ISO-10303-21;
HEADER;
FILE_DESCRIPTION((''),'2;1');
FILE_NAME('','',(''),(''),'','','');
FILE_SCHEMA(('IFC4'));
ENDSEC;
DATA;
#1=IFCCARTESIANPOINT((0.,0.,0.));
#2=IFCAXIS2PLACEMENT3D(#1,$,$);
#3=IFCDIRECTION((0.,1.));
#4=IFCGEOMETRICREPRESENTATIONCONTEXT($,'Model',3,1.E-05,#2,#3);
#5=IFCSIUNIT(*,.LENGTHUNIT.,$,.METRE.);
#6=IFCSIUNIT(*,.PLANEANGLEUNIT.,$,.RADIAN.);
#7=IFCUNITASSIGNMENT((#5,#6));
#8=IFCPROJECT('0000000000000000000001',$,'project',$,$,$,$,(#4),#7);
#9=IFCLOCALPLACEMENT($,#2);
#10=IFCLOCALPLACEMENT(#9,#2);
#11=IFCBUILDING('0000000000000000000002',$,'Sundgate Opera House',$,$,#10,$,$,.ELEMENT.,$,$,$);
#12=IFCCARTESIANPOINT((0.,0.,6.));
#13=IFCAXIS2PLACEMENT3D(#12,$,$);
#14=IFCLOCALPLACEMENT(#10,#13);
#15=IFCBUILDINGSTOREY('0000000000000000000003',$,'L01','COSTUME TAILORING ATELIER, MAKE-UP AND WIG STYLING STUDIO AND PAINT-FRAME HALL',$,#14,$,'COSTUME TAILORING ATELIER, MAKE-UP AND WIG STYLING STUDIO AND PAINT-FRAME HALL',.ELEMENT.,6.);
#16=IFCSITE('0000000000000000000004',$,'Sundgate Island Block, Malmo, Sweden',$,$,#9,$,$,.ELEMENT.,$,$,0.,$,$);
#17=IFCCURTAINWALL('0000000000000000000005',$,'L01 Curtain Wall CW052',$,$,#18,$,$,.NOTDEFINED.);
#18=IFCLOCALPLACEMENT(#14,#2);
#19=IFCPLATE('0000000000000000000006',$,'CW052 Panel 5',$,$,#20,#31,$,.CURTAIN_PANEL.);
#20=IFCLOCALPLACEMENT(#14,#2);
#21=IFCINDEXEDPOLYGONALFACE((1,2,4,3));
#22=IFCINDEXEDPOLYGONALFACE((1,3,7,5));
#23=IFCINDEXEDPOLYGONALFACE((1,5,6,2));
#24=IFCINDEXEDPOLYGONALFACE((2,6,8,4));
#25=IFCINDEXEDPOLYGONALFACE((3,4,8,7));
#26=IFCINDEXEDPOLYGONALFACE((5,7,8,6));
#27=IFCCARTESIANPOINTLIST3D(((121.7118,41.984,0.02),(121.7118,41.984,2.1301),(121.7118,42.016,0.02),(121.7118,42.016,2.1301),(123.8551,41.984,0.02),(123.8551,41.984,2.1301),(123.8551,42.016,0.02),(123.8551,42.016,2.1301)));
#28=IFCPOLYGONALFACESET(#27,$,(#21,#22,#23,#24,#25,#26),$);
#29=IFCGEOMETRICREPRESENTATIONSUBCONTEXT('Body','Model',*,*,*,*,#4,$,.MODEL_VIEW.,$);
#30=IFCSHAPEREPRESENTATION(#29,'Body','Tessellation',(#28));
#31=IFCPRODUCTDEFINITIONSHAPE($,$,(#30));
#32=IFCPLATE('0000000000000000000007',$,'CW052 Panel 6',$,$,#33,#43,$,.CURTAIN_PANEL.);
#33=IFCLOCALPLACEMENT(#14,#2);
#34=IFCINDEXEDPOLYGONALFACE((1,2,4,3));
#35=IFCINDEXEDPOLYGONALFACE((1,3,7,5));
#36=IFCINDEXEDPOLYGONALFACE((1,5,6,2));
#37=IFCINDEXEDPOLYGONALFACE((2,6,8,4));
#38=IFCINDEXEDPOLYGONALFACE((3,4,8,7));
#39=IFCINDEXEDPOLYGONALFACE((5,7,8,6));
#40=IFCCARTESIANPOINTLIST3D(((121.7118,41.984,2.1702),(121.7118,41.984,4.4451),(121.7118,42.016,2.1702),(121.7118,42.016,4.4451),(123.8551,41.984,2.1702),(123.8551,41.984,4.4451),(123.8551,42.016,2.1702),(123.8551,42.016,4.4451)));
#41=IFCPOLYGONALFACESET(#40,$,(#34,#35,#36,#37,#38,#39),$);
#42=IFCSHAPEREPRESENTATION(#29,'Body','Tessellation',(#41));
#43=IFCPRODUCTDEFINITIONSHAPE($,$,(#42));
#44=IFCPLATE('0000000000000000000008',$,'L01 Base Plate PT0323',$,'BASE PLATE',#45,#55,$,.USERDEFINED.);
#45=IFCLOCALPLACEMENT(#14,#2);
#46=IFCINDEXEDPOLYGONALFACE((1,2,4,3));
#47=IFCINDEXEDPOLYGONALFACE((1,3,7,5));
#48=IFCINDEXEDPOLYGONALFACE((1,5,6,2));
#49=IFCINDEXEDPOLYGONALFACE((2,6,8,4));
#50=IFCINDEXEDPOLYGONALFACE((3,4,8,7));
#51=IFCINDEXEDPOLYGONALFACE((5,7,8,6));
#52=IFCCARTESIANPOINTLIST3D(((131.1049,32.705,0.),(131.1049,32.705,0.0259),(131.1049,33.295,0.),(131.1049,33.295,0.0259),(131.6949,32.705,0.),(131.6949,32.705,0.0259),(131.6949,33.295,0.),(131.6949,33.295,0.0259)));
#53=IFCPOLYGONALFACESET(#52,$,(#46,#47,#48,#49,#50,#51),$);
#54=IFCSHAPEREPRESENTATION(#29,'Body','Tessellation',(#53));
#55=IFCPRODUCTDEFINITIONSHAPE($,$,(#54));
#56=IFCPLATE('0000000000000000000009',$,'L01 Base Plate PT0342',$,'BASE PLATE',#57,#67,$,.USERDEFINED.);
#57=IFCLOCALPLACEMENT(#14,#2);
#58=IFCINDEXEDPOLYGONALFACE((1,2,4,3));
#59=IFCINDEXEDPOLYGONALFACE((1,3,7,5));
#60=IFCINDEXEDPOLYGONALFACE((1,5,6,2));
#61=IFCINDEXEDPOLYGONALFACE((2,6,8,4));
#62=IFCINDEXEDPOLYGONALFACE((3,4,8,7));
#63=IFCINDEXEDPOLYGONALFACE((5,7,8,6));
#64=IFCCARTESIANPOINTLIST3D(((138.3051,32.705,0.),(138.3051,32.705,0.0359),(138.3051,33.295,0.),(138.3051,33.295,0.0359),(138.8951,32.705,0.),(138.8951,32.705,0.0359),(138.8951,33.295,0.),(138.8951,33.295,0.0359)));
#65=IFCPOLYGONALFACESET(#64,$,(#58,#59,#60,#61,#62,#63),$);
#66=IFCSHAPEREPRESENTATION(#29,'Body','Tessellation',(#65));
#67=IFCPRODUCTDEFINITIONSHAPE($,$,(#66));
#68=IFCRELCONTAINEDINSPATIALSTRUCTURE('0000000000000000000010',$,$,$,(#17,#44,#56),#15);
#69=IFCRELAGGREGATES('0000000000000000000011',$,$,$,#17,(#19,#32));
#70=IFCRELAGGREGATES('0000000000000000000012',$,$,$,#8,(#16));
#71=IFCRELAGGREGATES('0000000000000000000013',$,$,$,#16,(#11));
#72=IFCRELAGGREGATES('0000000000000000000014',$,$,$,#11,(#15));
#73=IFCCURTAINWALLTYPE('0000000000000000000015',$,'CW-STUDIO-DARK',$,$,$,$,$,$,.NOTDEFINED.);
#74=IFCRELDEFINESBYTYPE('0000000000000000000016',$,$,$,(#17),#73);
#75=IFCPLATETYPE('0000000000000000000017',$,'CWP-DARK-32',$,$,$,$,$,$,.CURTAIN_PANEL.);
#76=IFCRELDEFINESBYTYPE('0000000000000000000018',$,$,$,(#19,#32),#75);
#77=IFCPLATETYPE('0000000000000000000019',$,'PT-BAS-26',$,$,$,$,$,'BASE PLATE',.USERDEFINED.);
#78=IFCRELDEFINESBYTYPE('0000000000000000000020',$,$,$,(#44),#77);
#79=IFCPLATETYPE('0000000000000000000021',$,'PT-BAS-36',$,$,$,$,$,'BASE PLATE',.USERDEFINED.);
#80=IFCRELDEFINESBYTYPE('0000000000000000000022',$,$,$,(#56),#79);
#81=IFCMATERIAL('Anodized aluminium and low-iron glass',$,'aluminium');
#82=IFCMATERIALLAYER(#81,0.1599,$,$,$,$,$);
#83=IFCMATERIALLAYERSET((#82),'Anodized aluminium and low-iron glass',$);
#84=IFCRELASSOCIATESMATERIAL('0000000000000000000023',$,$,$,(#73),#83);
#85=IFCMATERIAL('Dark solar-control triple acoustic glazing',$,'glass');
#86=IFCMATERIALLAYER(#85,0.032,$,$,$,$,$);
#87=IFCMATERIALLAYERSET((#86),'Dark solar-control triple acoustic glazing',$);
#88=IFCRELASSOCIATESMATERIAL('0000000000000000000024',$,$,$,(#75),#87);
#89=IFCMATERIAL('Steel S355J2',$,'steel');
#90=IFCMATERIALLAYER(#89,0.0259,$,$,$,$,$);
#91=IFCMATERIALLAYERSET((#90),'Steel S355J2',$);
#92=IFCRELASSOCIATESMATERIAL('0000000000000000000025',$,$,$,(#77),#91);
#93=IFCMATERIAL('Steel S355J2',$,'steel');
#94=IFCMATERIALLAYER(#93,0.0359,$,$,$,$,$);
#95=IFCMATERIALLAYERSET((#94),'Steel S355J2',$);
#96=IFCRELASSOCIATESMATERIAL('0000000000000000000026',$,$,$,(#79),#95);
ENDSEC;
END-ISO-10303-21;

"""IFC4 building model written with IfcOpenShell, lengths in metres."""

from ifc_helpers import new_model, si_unit, direction, frame, origin, origin_2d, place, context, subcontext, project, spatial, rectangle, extrude, material, layer, layer_set, type_object, element, aggregate, save


model = new_model("IFC4")

# Units and contexts
model_context = context("Model", 3, precision=1e-05, world=origin(), true_north=direction((0.0, 1.0)))
body_context = subcontext(model_context, "Body", "Model", "MODEL_VIEW")
ifc_project = project(units=[si_unit("LENGTHUNIT", "METRE"), si_unit("PLANEANGLEUNIT", "RADIAN")], contexts=[model_context])

# Site, building, storey
site_placement = place(None, origin())
site = spatial("IfcSite", under=ifc_project, at=site_placement, Name="Sundgate Island Block, Malmo, Sweden", CompositionType="ELEMENT", RefElevation=0.0)
building_placement = place(site_placement, origin())
building = spatial("IfcBuilding", under=site, at=building_placement, Name="Sundgate Opera House", CompositionType="ELEMENT")
storey_placement = place(building_placement, frame((0.0, 0.0, 6.0)))
storey = spatial("IfcBuildingStorey", under=building, at=storey_placement, Name="L01", Description="COSTUME TAILORING ATELIER, MAKE-UP AND WIG STYLING STUDIO AND PAINT-FRAME HALL", LongName="COSTUME TAILORING ATELIER, MAKE-UP AND WIG STYLING STUDIO AND PAINT-FRAME HALL", CompositionType="ELEMENT", Elevation=6.0)

# Curtain wall, plates
ifc_material_1 = material(Name="Anodized aluminium and low-iron glass", Category="aluminium")
ifc_layer_1 = layer(ifc_material_1, 0.1599)
ifc_layer_set_1 = layer_set([ifc_layer_1], Name="Anodized aluminium and low-iron glass")
curtain_wall_type = type_object("IfcCurtainWallType", Name="CW-STUDIO-DARK", PredefinedType="NOTDEFINED", material=ifc_layer_set_1)
curtain_wall_placement = place(storey_placement, origin())
curtain_wall = element("IfcCurtainWall", 1, at=curtain_wall_placement, inside=storey, type_object=curtain_wall_type, Name="L01 Curtain Wall CW052", PredefinedType="NOTDEFINED")
ifc_material_2 = material(Name="Dark solar-control triple acoustic glazing", Category="glass")
ifc_layer_2 = layer(ifc_material_2, 0.032)
ifc_layer_set_2 = layer_set([ifc_layer_2], Name="Dark solar-control triple acoustic glazing")
plate_type_1 = type_object("IfcPlateType", Name="CWP-DARK-32", PredefinedType="CURTAIN_PANEL", material=ifc_layer_set_2)
plate_1_placement = place(storey_placement, frame((122.7834, 42.0, 0.02), z_axis=(0.0, 0.0, 1.0), x_axis=(1.0, 0.0, 0.0)))
plate_1 = element("IfcPlate", 2, at=plate_1_placement, type_object=plate_type_1, Name="CW052 Panel 5", PredefinedType="CURTAIN_PANEL", context=body_context, shape_type="SweptSolid", body=[
    extrude(rectangle(XDim=2.1433, YDim=0.032, at=origin_2d()), origin(), (0.0, 0.0, 1.0), 2.1101),
])
plate_2_placement = place(storey_placement, frame((122.7834, 42.0, 2.1702), z_axis=(0.0, 0.0, 1.0), x_axis=(1.0, 0.0, 0.0)))
plate_2 = element("IfcPlate", 3, at=plate_2_placement, type_object=plate_type_1, Name="CW052 Panel 6", PredefinedType="CURTAIN_PANEL", context=body_context, shape_type="SweptSolid", body=[
    extrude(rectangle(XDim=2.1433, YDim=0.032, at=origin_2d()), origin(), (0.0, 0.0, 1.0), 2.2749),
])
aggregate(curtain_wall, [plate_1, plate_2])

# Plates
ifc_material_3 = material(Name="Steel S355J2", Category="steel")
ifc_layer_3 = layer(ifc_material_3, 0.0259)
ifc_layer_set_3 = layer_set([ifc_layer_3], Name="Steel S355J2")
plate_type_2 = type_object("IfcPlateType", Name="PT-BAS-26", ElementType="BASE PLATE", PredefinedType="USERDEFINED", material=ifc_layer_set_3)
plate_3_placement = place(storey_placement, frame((131.3999, 33.0, 0.0), z_axis=(0.0, 0.0, 1.0), x_axis=(1.0, 0.0, 0.0)))
element("IfcPlate", 4, at=plate_3_placement, inside=storey, type_object=plate_type_2, Name="L01 Base Plate PT0323", ObjectType="BASE PLATE", PredefinedType="USERDEFINED", context=body_context, shape_type="SweptSolid", body=[
    extrude(rectangle(XDim=0.5901, YDim=0.5901, at=origin_2d()), origin(), (0.0, 0.0, 1.0), 0.0259),
])
ifc_material_4 = material(Name="Steel S355J2", Category="steel")
ifc_layer_4 = layer(ifc_material_4, 0.0359)
ifc_layer_set_4 = layer_set([ifc_layer_4], Name="Steel S355J2")
plate_type_3 = type_object("IfcPlateType", Name="PT-BAS-36", ElementType="BASE PLATE", PredefinedType="USERDEFINED", material=ifc_layer_set_4)
plate_4_placement = place(storey_placement, frame((138.6001, 33.0, 0.0), z_axis=(0.0, 0.0, 1.0), x_axis=(1.0, 0.0, 0.0)))
element("IfcPlate", 5, at=plate_4_placement, inside=storey, type_object=plate_type_3, Name="L01 Base Plate PT0342", ObjectType="BASE PLATE", PredefinedType="USERDEFINED", context=body_context, shape_type="SweptSolid", body=[
    extrude(rectangle(XDim=0.5901, YDim=0.5901, at=origin_2d()), origin(), (0.0, 0.0, 1.0), 0.0359),
])

save(model, "model.ifc")
